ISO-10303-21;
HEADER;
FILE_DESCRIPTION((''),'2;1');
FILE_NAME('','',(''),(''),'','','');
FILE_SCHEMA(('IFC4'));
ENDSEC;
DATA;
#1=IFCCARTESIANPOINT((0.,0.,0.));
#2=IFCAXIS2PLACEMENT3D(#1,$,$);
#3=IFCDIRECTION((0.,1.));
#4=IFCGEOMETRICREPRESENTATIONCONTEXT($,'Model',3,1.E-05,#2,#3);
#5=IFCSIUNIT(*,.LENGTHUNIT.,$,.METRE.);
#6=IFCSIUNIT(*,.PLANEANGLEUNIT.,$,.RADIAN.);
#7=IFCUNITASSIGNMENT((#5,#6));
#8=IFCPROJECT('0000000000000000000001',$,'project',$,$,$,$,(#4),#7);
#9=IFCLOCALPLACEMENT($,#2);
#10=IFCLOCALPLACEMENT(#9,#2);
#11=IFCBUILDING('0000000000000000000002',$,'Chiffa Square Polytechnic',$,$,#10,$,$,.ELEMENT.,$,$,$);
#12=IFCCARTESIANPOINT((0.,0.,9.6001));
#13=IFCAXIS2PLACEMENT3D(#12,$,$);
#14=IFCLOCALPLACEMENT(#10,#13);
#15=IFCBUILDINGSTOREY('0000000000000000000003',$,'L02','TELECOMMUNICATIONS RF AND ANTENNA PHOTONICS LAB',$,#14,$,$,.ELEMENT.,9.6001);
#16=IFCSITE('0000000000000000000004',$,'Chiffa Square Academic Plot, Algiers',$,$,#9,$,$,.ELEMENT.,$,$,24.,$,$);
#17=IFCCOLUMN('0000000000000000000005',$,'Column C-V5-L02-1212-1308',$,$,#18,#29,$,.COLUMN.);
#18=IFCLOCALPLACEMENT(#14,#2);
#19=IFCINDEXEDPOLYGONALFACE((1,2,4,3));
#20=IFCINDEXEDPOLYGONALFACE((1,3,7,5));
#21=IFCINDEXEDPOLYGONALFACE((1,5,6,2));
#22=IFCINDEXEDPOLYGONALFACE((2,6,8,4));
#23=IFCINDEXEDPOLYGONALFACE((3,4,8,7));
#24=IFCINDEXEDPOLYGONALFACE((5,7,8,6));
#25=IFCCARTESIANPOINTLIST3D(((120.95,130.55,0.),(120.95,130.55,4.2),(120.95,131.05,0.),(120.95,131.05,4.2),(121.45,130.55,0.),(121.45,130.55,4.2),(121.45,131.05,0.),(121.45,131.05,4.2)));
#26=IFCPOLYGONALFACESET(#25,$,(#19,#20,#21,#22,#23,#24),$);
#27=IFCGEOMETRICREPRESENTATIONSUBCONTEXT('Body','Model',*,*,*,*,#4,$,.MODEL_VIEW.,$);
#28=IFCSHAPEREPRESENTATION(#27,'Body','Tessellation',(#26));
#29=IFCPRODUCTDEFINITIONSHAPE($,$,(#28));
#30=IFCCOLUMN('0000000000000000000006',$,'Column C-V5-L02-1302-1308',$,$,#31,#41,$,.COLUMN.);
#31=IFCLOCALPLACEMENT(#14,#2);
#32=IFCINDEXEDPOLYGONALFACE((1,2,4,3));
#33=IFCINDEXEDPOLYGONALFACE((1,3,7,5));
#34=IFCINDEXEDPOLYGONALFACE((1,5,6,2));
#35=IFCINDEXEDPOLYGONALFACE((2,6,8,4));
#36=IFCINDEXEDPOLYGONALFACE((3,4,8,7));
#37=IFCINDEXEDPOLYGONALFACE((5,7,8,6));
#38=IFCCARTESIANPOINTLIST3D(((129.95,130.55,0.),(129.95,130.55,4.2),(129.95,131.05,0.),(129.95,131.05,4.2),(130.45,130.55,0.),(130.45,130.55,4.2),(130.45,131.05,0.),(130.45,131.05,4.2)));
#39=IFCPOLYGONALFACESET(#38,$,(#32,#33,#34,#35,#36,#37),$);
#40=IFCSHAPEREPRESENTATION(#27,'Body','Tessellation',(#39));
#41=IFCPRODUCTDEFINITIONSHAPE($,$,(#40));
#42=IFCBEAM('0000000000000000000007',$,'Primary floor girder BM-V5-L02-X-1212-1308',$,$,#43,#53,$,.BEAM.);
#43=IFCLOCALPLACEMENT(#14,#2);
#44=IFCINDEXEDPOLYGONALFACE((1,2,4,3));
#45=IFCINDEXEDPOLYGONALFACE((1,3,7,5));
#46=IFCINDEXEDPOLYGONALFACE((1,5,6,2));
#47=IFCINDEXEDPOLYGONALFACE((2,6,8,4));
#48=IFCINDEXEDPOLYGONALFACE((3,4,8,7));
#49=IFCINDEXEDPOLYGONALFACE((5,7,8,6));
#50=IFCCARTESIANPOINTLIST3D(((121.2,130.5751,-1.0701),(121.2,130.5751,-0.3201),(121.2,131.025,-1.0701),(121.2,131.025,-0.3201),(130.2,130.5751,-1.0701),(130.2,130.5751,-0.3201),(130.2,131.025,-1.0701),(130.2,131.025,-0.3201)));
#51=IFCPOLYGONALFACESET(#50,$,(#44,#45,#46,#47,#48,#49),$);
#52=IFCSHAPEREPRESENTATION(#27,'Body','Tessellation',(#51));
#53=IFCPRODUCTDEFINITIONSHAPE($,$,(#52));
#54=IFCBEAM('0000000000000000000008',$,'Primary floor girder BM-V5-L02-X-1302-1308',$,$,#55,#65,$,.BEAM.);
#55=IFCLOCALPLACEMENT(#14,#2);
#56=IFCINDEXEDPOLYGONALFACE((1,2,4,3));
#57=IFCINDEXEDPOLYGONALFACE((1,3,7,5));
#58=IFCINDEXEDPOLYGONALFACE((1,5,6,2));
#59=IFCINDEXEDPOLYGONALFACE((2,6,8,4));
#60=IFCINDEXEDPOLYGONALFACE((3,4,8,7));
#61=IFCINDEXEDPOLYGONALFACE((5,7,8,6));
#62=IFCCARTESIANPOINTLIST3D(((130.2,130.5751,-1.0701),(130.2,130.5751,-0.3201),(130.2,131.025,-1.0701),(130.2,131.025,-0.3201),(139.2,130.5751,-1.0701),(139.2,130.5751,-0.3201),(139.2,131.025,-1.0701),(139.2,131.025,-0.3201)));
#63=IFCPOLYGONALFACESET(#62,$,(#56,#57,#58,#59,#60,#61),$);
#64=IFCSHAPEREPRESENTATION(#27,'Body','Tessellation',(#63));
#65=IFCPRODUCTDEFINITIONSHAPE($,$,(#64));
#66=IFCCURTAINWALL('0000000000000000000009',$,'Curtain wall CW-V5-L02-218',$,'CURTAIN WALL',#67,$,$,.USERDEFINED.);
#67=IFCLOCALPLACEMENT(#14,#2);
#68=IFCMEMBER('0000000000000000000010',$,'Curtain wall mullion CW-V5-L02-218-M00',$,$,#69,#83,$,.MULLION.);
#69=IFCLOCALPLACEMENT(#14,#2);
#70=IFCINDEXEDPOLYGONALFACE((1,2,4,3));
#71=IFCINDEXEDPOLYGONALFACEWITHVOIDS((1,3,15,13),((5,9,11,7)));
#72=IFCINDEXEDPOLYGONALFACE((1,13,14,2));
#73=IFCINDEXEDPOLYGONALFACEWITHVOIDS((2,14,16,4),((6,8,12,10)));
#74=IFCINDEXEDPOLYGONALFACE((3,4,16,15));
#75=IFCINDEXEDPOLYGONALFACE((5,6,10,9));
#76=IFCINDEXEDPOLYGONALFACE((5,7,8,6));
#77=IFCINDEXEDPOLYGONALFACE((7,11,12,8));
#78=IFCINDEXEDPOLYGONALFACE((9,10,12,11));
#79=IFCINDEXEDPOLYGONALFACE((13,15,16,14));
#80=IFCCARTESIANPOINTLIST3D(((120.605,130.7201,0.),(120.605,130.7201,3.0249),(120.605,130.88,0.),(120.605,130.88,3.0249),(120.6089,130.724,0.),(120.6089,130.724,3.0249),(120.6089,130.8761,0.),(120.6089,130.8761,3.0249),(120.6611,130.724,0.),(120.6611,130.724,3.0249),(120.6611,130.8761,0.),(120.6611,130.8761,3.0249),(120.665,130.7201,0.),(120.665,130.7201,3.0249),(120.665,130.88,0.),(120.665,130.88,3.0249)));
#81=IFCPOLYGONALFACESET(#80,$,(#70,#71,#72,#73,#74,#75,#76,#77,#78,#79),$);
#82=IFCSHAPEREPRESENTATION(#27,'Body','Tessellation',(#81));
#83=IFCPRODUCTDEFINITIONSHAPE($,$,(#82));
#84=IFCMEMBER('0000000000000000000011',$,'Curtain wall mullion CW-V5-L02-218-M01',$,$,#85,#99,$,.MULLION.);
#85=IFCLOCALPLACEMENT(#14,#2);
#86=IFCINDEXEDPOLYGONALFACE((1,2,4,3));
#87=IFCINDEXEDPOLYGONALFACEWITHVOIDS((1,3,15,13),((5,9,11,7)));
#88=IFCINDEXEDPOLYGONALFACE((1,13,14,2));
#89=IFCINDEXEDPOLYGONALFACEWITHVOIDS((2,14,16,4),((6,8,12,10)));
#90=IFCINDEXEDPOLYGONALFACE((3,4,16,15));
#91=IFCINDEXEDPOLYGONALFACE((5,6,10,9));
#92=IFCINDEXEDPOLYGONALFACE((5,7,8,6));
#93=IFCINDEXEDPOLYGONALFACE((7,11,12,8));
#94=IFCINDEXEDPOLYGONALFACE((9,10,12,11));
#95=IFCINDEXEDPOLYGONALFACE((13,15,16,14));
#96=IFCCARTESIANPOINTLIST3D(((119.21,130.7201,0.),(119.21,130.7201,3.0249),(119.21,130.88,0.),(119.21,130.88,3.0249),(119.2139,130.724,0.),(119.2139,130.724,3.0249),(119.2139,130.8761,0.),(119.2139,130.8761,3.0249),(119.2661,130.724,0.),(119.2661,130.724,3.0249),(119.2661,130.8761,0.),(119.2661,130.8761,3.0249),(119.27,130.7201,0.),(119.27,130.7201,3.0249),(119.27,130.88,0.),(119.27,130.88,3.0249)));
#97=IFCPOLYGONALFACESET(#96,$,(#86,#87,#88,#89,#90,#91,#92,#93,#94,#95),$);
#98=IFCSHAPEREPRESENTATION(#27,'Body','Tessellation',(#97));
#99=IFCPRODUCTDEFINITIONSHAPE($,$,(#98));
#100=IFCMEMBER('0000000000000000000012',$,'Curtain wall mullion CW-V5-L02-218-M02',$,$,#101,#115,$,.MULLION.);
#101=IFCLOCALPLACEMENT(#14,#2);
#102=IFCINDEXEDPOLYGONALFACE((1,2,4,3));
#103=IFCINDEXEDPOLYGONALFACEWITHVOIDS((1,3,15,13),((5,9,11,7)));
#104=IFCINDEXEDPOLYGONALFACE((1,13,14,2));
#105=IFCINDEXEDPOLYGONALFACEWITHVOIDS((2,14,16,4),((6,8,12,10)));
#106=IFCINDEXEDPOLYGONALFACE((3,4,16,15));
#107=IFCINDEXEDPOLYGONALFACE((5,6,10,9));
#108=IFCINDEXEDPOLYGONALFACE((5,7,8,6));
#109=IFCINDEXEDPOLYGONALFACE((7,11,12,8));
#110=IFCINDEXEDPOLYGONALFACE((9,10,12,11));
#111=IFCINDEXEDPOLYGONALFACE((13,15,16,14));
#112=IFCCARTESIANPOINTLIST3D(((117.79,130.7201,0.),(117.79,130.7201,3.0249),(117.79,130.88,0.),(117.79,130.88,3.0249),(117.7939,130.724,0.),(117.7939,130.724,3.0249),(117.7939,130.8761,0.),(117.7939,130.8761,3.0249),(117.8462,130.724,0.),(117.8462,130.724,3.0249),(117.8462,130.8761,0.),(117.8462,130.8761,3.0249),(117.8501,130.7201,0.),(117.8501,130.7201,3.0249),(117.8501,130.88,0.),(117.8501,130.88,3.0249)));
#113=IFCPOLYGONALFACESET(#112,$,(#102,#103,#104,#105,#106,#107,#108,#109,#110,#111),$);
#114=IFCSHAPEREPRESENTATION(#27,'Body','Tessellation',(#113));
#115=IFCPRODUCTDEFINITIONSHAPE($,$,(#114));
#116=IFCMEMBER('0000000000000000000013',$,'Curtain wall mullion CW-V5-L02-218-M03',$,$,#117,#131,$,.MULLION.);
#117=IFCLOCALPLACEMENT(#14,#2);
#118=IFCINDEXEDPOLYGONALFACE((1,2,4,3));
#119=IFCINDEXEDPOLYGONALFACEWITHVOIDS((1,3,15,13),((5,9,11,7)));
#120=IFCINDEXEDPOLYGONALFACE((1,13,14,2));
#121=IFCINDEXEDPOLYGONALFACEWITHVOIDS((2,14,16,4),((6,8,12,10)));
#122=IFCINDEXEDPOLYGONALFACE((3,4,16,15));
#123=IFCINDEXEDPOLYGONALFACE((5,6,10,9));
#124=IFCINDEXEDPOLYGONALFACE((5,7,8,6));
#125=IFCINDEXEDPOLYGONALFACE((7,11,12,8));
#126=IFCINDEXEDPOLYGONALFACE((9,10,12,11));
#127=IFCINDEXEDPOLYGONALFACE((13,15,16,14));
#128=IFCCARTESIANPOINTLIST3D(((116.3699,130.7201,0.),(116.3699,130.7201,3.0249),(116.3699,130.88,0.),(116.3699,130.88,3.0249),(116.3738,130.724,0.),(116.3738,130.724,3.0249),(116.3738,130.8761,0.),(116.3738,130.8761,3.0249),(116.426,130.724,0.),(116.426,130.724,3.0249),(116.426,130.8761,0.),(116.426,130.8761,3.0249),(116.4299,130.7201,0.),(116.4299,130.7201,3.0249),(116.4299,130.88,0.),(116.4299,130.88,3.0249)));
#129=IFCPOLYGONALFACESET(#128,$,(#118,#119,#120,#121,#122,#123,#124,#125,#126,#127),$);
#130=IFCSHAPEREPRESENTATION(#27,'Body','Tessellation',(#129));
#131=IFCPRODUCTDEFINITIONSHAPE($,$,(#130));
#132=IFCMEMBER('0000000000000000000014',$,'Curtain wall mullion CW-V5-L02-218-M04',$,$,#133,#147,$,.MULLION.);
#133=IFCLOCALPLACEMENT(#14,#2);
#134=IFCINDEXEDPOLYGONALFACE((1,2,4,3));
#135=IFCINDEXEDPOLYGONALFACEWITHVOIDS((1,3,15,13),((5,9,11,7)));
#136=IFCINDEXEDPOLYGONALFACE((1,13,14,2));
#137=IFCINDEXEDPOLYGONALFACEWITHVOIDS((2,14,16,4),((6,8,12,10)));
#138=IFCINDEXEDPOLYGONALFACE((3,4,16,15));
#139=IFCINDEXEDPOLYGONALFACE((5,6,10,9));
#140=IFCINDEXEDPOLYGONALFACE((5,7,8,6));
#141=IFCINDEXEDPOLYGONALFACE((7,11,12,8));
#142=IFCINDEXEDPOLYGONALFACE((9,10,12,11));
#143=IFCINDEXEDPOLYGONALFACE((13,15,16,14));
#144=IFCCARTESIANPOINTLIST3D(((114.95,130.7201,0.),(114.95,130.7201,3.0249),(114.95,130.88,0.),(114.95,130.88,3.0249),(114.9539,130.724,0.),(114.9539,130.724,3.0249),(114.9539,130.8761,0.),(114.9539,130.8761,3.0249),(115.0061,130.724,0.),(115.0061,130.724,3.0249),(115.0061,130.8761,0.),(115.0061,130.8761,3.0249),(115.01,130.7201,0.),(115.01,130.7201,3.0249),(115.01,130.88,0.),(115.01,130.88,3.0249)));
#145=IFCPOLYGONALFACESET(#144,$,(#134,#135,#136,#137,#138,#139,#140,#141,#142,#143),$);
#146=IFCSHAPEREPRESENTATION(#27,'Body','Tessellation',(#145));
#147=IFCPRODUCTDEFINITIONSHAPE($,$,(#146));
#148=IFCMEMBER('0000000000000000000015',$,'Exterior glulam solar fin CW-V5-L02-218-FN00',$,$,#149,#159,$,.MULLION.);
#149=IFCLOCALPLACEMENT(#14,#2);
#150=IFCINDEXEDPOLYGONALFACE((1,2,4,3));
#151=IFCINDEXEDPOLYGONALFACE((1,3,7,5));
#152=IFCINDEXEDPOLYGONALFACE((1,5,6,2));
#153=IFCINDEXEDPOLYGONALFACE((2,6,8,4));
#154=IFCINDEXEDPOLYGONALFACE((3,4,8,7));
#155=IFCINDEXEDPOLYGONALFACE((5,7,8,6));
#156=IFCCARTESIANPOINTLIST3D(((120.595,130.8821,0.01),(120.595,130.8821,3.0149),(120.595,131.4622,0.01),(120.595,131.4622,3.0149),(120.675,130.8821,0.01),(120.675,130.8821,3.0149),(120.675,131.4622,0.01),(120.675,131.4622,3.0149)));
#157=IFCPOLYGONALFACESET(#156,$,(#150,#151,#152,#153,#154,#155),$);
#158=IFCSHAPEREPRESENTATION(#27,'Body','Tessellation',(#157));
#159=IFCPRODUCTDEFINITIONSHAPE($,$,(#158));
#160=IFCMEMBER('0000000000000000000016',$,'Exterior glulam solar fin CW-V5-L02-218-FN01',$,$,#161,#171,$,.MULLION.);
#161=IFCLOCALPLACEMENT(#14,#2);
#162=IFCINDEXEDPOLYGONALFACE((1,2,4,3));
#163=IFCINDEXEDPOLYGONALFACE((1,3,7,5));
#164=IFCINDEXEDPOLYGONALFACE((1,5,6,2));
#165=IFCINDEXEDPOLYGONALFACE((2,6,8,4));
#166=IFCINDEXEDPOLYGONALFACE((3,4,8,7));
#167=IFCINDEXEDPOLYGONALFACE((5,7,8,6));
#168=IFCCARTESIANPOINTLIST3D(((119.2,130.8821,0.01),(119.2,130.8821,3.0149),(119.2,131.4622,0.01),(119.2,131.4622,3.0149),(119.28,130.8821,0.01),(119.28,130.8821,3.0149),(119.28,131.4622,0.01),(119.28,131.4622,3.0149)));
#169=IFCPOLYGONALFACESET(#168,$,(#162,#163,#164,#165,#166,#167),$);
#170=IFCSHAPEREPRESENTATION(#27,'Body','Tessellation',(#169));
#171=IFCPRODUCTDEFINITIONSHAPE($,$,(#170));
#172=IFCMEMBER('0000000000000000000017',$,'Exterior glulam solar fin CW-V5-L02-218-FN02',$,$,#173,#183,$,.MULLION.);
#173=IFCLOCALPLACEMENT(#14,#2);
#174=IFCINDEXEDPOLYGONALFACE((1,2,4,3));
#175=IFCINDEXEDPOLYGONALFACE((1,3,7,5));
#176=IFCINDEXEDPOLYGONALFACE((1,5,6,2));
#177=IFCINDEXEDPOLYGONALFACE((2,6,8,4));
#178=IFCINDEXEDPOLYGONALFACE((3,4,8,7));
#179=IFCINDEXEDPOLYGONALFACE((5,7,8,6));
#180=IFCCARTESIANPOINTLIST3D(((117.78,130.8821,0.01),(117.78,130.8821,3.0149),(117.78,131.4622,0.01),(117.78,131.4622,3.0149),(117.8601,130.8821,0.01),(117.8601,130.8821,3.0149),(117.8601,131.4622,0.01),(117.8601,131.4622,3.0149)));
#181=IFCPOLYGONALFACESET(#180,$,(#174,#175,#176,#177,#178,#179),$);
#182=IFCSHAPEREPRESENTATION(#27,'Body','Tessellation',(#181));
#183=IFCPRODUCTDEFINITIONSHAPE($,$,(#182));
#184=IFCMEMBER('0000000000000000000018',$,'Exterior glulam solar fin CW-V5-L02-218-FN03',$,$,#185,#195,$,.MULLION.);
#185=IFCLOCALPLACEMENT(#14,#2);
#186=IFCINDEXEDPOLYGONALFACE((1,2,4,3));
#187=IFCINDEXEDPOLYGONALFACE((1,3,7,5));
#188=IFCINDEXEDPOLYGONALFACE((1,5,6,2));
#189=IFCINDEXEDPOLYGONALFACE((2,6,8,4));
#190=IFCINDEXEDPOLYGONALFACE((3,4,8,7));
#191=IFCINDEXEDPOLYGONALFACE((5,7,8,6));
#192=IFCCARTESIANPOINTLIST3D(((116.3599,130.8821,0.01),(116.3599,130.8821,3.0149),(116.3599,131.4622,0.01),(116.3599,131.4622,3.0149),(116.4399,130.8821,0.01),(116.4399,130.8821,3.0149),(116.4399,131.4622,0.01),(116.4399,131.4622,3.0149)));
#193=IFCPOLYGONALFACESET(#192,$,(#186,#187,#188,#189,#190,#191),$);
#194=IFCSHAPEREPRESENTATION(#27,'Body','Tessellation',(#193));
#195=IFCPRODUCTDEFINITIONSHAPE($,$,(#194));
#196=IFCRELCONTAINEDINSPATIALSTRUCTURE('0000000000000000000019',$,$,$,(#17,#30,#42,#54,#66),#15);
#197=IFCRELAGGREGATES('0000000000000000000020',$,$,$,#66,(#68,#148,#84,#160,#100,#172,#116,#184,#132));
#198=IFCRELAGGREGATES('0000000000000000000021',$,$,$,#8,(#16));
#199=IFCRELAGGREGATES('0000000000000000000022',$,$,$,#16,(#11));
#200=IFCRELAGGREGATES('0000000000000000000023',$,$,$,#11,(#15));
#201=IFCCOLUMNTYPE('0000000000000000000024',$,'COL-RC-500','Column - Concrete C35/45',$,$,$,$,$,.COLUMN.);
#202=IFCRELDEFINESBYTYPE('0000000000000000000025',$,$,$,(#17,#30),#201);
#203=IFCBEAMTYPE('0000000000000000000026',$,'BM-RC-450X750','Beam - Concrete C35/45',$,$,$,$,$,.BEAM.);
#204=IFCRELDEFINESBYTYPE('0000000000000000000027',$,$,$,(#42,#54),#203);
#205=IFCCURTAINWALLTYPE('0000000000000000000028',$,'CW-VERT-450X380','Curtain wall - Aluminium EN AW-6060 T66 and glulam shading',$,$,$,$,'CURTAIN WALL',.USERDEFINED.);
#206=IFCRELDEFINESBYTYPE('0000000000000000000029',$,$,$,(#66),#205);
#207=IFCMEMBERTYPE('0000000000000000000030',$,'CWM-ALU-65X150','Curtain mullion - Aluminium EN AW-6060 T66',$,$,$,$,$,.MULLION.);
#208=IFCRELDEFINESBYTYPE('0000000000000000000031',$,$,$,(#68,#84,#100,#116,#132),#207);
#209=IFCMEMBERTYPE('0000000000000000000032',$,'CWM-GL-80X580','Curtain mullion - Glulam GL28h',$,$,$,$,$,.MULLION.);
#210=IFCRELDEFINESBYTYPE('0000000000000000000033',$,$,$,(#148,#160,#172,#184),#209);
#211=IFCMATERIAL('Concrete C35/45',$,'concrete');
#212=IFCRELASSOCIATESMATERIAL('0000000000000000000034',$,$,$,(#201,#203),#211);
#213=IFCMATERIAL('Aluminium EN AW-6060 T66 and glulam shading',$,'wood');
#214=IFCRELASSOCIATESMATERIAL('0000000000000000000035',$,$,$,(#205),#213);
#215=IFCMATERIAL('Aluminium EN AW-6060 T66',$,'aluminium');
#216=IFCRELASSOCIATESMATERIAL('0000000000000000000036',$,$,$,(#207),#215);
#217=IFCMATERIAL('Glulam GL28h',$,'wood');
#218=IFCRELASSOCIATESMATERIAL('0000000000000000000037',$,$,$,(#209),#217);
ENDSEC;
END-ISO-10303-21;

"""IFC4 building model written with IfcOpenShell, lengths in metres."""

from ifc_helpers import new_model, si_unit, direction, frame, origin, origin_2d, place, context, subcontext, project, spatial, rectangle, hollow_rectangle, extrude, material, material_profile, profile_set, type_object, element, aggregate, save


model = new_model("IFC4")

# Units and contexts
model_context = context("Model", 3, precision=1e-05, world=origin(), true_north=direction((0.0, 1.0)))
body_context = subcontext(model_context, "Body", "Model", "MODEL_VIEW")
ifc_project = project(units=[si_unit("LENGTHUNIT", "METRE"), si_unit("PLANEANGLEUNIT", "RADIAN")], contexts=[model_context])

# Site, building, storey
site_placement = place(None, origin())
site = spatial("IfcSite", under=ifc_project, at=site_placement, Name="Chiffa Square Academic Plot, Algiers", CompositionType="ELEMENT", RefElevation=24.0)
building_placement = place(site_placement, origin())
building = spatial("IfcBuilding", under=site, at=building_placement, Name="Chiffa Square Polytechnic", CompositionType="ELEMENT")
storey_placement = place(building_placement, frame((0.0, 0.0, 9.6001)))
storey = spatial("IfcBuildingStorey", under=building, at=storey_placement, Name="L02", Description="TELECOMMUNICATIONS RF AND ANTENNA PHOTONICS LAB", CompositionType="ELEMENT", Elevation=9.6001)

# Columns
ifc_material_1 = material(Name="Concrete C35/45", Category="concrete")
ifc_material_profile_1 = material_profile(ifc_material_1, rectangle(XDim=0.5, YDim=0.5, at=origin_2d()), Name="RC 500x500")
ifc_profile_set_1 = profile_set([ifc_material_profile_1], Name="Concrete C35/45")
column_type = type_object("IfcColumnType", Name="COL-RC-500", Description="Column - Concrete C35/45", PredefinedType="COLUMN", material=ifc_profile_set_1)
for number, where, z_axis, x_axis, name in (
    (1, (121.2, 130.8, 0.0), (0.0, 0.0, 1.0), (1.0, 0.0, 0.0), "Column C-V5-L02-1212-1308"),
    (2, (130.2, 130.8, 0.0), (0.0, 0.0, 1.0), (1.0, 0.0, 0.0), "Column C-V5-L02-1302-1308"),
):
    element("IfcColumn", number, at=place(storey_placement, frame(where, z_axis=z_axis, x_axis=x_axis)), inside=storey, type_object=column_type, Name=name, PredefinedType="COLUMN", context=body_context, shape_type="SweptSolid", body=[
        extrude(rectangle(XDim=0.5, YDim=0.5, at=origin_2d()), origin(), (0.0, 0.0, 1.0), 4.2),
    ])

# Beams
ifc_material_profile_2 = material_profile(ifc_material_1, rectangle(XDim=0.45, YDim=0.75, at=origin_2d()), Name="RC 450x750")
ifc_profile_set_2 = profile_set([ifc_material_profile_2], Name="Concrete C35/45")
beam_type = type_object("IfcBeamType", Name="BM-RC-450X750", Description="Beam - Concrete C35/45", PredefinedType="BEAM", material=ifc_profile_set_2)
for number, where, z_axis, x_axis, name in (
    (3, (121.2, 130.8, -0.6951), (1.0, 0.0, 0.0), (0.0, 1.0, 0.0), "Primary floor girder BM-V5-L02-X-1212-1308"),
    (4, (130.2, 130.8, -0.6951), (1.0, 0.0, 0.0), (0.0, 1.0, 0.0), "Primary floor girder BM-V5-L02-X-1302-1308"),
):
    element("IfcBeam", number, at=place(storey_placement, frame(where, z_axis=z_axis, x_axis=x_axis)), inside=storey, type_object=beam_type, Name=name, PredefinedType="BEAM", context=body_context, shape_type="SweptSolid", body=[
        extrude(rectangle(XDim=0.45, YDim=0.75, at=origin_2d()), origin(), (0.0, 0.0, 1.0), 9.0),
    ])

# Curtain wall, members
ifc_material_2 = material(Name="Aluminium EN AW-6060 T66 and glulam shading", Category="wood")
curtain_wall_type = type_object("IfcCurtainWallType", Name="CW-VERT-450X380", Description="Curtain wall - Aluminium EN AW-6060 T66 and glulam shading", ElementType="CURTAIN WALL", PredefinedType="USERDEFINED", material=ifc_material_2)
curtain_wall_placement = place(storey_placement, origin())
curtain_wall = element("IfcCurtainWall", 5, at=curtain_wall_placement, inside=storey, type_object=curtain_wall_type, Name="Curtain wall CW-V5-L02-218", ObjectType="CURTAIN WALL", PredefinedType="USERDEFINED")
ifc_material_3 = material(Name="Aluminium EN AW-6060 T66", Category="aluminium")
ifc_material_profile_3 = material_profile(ifc_material_3, hollow_rectangle(XDim=0.0601, YDim=0.1599, WallThickness=0.0039, at=origin_2d()), Name="ALU 60x160x4")
ifc_profile_set_3 = profile_set([ifc_material_profile_3], Name="Aluminium EN AW-6060 T66")
member_type_1 = type_object("IfcMemberType", Name="CWM-ALU-65X150", Description="Curtain mullion - Aluminium EN AW-6060 T66", PredefinedType="MULLION", material=ifc_profile_set_3)
member_1_placement = place(storey_placement, frame((120.635, 130.8, 0.0), z_axis=(0.0, 0.0, 1.0), x_axis=(1.0, 0.0, 0.0)))
member_1 = element("IfcMember", 6, at=member_1_placement, type_object=member_type_1, Name="Curtain wall mullion CW-V5-L02-218-M00", PredefinedType="MULLION", context=body_context, shape_type="SweptSolid", body=[
    extrude(hollow_rectangle(XDim=0.0601, YDim=0.1599, WallThickness=0.0039, at=origin_2d()), origin(), (0.0, 0.0, 1.0), 3.0249),
])
member_2_placement = place(storey_placement, frame((119.24, 130.8, 0.0), z_axis=(0.0, 0.0, 1.0), x_axis=(1.0, 0.0, 0.0)))
member_2 = element("IfcMember", 7, at=member_2_placement, type_object=member_type_1, Name="Curtain wall mullion CW-V5-L02-218-M01", PredefinedType="MULLION", context=body_context, shape_type="SweptSolid", body=[
    extrude(hollow_rectangle(XDim=0.0601, YDim=0.1599, WallThickness=0.0039, at=origin_2d()), origin(), (0.0, 0.0, 1.0), 3.0249),
])
member_3_placement = place(storey_placement, frame((117.8201, 130.8, 0.0), z_axis=(0.0, 0.0, 1.0), x_axis=(1.0, 0.0, 0.0)))
member_3 = element("IfcMember", 8, at=member_3_placement, type_object=member_type_1, Name="Curtain wall mullion CW-V5-L02-218-M02", PredefinedType="MULLION", context=body_context, shape_type="SweptSolid", body=[
    extrude(hollow_rectangle(XDim=0.0601, YDim=0.1599, WallThickness=0.0039, at=origin_2d()), origin(), (0.0, 0.0, 1.0), 3.0249),
])
member_4_placement = place(storey_placement, frame((116.3999, 130.8, 0.0), z_axis=(0.0, 0.0, 1.0), x_axis=(1.0, 0.0, 0.0)))
member_4 = element("IfcMember", 9, at=member_4_placement, type_object=member_type_1, Name="Curtain wall mullion CW-V5-L02-218-M03", PredefinedType="MULLION", context=body_context, shape_type="SweptSolid", body=[
    extrude(hollow_rectangle(XDim=0.0601, YDim=0.1599, WallThickness=0.0039, at=origin_2d()), origin(), (0.0, 0.0, 1.0), 3.0249),
])
member_5_placement = place(storey_placement, frame((114.98, 130.8, 0.0), z_axis=(0.0, 0.0, 1.0), x_axis=(1.0, 0.0, 0.0)))
member_5 = element("IfcMember", 10, at=member_5_placement, type_object=member_type_1, Name="Curtain wall mullion CW-V5-L02-218-M04", PredefinedType="MULLION", context=body_context, shape_type="SweptSolid", body=[
    extrude(hollow_rectangle(XDim=0.0601, YDim=0.1599, WallThickness=0.0039, at=origin_2d()), origin(), (0.0, 0.0, 1.0), 3.0249),
])
ifc_material_4 = material(Name="Glulam GL28h", Category="wood")
ifc_material_profile_4 = material_profile(ifc_material_4, rectangle(XDim=0.0801, YDim=0.5801, at=origin_2d()), Name="GL28h 80x580")
ifc_profile_set_4 = profile_set([ifc_material_profile_4], Name="Glulam GL28h")
member_type_2 = type_object("IfcMemberType", Name="CWM-GL-80X580", Description="Curtain mullion - Glulam GL28h", PredefinedType="MULLION", material=ifc_profile_set_4)
member_6_placement = place(storey_placement, frame((120.635, 131.1721, 0.01), z_axis=(0.0, 0.0, 1.0), x_axis=(-1.0, 0.0, 0.0)))
member_6 = element("IfcMember", 11, at=member_6_placement, type_object=member_type_2, Name="Exterior glulam solar fin CW-V5-L02-218-FN00", PredefinedType="MULLION", context=body_context, shape_type="SweptSolid", body=[
    extrude(rectangle(XDim=0.0801, YDim=0.5801, at=origin_2d()), origin(), (0.0, 0.0, 1.0), 3.0049),
])
member_7_placement = place(storey_placement, frame((119.24, 131.1721, 0.01), z_axis=(0.0, 0.0, 1.0), x_axis=(-1.0, 0.0, 0.0)))
member_7 = element("IfcMember", 12, at=member_7_placement, type_object=member_type_2, Name="Exterior glulam solar fin CW-V5-L02-218-FN01", PredefinedType="MULLION", context=body_context, shape_type="SweptSolid", body=[
    extrude(rectangle(XDim=0.0801, YDim=0.5801, at=origin_2d()), origin(), (0.0, 0.0, 1.0), 3.0049),
])
member_8_placement = place(storey_placement, frame((117.8201, 131.1721, 0.01), z_axis=(0.0, 0.0, 1.0), x_axis=(-1.0, 0.0, 0.0)))
member_8 = element("IfcMember", 13, at=member_8_placement, type_object=member_type_2, Name="Exterior glulam solar fin CW-V5-L02-218-FN02", PredefinedType="MULLION", context=body_context, shape_type="SweptSolid", body=[
    extrude(rectangle(XDim=0.0801, YDim=0.5801, at=origin_2d()), origin(), (0.0, 0.0, 1.0), 3.0049),
])
member_9_placement = place(storey_placement, frame((116.3999, 131.1721, 0.01), z_axis=(0.0, 0.0, 1.0), x_axis=(-1.0, 0.0, 0.0)))
member_9 = element("IfcMember", 14, at=member_9_placement, type_object=member_type_2, Name="Exterior glulam solar fin CW-V5-L02-218-FN03", PredefinedType="MULLION", context=body_context, shape_type="SweptSolid", body=[
    extrude(rectangle(XDim=0.0801, YDim=0.5801, at=origin_2d()), origin(), (0.0, 0.0, 1.0), 3.0049),
])
aggregate(curtain_wall, [member_1, member_6, member_2, member_7, member_3, member_8, member_4, member_9, member_5])

save(model, "model.ifc")
